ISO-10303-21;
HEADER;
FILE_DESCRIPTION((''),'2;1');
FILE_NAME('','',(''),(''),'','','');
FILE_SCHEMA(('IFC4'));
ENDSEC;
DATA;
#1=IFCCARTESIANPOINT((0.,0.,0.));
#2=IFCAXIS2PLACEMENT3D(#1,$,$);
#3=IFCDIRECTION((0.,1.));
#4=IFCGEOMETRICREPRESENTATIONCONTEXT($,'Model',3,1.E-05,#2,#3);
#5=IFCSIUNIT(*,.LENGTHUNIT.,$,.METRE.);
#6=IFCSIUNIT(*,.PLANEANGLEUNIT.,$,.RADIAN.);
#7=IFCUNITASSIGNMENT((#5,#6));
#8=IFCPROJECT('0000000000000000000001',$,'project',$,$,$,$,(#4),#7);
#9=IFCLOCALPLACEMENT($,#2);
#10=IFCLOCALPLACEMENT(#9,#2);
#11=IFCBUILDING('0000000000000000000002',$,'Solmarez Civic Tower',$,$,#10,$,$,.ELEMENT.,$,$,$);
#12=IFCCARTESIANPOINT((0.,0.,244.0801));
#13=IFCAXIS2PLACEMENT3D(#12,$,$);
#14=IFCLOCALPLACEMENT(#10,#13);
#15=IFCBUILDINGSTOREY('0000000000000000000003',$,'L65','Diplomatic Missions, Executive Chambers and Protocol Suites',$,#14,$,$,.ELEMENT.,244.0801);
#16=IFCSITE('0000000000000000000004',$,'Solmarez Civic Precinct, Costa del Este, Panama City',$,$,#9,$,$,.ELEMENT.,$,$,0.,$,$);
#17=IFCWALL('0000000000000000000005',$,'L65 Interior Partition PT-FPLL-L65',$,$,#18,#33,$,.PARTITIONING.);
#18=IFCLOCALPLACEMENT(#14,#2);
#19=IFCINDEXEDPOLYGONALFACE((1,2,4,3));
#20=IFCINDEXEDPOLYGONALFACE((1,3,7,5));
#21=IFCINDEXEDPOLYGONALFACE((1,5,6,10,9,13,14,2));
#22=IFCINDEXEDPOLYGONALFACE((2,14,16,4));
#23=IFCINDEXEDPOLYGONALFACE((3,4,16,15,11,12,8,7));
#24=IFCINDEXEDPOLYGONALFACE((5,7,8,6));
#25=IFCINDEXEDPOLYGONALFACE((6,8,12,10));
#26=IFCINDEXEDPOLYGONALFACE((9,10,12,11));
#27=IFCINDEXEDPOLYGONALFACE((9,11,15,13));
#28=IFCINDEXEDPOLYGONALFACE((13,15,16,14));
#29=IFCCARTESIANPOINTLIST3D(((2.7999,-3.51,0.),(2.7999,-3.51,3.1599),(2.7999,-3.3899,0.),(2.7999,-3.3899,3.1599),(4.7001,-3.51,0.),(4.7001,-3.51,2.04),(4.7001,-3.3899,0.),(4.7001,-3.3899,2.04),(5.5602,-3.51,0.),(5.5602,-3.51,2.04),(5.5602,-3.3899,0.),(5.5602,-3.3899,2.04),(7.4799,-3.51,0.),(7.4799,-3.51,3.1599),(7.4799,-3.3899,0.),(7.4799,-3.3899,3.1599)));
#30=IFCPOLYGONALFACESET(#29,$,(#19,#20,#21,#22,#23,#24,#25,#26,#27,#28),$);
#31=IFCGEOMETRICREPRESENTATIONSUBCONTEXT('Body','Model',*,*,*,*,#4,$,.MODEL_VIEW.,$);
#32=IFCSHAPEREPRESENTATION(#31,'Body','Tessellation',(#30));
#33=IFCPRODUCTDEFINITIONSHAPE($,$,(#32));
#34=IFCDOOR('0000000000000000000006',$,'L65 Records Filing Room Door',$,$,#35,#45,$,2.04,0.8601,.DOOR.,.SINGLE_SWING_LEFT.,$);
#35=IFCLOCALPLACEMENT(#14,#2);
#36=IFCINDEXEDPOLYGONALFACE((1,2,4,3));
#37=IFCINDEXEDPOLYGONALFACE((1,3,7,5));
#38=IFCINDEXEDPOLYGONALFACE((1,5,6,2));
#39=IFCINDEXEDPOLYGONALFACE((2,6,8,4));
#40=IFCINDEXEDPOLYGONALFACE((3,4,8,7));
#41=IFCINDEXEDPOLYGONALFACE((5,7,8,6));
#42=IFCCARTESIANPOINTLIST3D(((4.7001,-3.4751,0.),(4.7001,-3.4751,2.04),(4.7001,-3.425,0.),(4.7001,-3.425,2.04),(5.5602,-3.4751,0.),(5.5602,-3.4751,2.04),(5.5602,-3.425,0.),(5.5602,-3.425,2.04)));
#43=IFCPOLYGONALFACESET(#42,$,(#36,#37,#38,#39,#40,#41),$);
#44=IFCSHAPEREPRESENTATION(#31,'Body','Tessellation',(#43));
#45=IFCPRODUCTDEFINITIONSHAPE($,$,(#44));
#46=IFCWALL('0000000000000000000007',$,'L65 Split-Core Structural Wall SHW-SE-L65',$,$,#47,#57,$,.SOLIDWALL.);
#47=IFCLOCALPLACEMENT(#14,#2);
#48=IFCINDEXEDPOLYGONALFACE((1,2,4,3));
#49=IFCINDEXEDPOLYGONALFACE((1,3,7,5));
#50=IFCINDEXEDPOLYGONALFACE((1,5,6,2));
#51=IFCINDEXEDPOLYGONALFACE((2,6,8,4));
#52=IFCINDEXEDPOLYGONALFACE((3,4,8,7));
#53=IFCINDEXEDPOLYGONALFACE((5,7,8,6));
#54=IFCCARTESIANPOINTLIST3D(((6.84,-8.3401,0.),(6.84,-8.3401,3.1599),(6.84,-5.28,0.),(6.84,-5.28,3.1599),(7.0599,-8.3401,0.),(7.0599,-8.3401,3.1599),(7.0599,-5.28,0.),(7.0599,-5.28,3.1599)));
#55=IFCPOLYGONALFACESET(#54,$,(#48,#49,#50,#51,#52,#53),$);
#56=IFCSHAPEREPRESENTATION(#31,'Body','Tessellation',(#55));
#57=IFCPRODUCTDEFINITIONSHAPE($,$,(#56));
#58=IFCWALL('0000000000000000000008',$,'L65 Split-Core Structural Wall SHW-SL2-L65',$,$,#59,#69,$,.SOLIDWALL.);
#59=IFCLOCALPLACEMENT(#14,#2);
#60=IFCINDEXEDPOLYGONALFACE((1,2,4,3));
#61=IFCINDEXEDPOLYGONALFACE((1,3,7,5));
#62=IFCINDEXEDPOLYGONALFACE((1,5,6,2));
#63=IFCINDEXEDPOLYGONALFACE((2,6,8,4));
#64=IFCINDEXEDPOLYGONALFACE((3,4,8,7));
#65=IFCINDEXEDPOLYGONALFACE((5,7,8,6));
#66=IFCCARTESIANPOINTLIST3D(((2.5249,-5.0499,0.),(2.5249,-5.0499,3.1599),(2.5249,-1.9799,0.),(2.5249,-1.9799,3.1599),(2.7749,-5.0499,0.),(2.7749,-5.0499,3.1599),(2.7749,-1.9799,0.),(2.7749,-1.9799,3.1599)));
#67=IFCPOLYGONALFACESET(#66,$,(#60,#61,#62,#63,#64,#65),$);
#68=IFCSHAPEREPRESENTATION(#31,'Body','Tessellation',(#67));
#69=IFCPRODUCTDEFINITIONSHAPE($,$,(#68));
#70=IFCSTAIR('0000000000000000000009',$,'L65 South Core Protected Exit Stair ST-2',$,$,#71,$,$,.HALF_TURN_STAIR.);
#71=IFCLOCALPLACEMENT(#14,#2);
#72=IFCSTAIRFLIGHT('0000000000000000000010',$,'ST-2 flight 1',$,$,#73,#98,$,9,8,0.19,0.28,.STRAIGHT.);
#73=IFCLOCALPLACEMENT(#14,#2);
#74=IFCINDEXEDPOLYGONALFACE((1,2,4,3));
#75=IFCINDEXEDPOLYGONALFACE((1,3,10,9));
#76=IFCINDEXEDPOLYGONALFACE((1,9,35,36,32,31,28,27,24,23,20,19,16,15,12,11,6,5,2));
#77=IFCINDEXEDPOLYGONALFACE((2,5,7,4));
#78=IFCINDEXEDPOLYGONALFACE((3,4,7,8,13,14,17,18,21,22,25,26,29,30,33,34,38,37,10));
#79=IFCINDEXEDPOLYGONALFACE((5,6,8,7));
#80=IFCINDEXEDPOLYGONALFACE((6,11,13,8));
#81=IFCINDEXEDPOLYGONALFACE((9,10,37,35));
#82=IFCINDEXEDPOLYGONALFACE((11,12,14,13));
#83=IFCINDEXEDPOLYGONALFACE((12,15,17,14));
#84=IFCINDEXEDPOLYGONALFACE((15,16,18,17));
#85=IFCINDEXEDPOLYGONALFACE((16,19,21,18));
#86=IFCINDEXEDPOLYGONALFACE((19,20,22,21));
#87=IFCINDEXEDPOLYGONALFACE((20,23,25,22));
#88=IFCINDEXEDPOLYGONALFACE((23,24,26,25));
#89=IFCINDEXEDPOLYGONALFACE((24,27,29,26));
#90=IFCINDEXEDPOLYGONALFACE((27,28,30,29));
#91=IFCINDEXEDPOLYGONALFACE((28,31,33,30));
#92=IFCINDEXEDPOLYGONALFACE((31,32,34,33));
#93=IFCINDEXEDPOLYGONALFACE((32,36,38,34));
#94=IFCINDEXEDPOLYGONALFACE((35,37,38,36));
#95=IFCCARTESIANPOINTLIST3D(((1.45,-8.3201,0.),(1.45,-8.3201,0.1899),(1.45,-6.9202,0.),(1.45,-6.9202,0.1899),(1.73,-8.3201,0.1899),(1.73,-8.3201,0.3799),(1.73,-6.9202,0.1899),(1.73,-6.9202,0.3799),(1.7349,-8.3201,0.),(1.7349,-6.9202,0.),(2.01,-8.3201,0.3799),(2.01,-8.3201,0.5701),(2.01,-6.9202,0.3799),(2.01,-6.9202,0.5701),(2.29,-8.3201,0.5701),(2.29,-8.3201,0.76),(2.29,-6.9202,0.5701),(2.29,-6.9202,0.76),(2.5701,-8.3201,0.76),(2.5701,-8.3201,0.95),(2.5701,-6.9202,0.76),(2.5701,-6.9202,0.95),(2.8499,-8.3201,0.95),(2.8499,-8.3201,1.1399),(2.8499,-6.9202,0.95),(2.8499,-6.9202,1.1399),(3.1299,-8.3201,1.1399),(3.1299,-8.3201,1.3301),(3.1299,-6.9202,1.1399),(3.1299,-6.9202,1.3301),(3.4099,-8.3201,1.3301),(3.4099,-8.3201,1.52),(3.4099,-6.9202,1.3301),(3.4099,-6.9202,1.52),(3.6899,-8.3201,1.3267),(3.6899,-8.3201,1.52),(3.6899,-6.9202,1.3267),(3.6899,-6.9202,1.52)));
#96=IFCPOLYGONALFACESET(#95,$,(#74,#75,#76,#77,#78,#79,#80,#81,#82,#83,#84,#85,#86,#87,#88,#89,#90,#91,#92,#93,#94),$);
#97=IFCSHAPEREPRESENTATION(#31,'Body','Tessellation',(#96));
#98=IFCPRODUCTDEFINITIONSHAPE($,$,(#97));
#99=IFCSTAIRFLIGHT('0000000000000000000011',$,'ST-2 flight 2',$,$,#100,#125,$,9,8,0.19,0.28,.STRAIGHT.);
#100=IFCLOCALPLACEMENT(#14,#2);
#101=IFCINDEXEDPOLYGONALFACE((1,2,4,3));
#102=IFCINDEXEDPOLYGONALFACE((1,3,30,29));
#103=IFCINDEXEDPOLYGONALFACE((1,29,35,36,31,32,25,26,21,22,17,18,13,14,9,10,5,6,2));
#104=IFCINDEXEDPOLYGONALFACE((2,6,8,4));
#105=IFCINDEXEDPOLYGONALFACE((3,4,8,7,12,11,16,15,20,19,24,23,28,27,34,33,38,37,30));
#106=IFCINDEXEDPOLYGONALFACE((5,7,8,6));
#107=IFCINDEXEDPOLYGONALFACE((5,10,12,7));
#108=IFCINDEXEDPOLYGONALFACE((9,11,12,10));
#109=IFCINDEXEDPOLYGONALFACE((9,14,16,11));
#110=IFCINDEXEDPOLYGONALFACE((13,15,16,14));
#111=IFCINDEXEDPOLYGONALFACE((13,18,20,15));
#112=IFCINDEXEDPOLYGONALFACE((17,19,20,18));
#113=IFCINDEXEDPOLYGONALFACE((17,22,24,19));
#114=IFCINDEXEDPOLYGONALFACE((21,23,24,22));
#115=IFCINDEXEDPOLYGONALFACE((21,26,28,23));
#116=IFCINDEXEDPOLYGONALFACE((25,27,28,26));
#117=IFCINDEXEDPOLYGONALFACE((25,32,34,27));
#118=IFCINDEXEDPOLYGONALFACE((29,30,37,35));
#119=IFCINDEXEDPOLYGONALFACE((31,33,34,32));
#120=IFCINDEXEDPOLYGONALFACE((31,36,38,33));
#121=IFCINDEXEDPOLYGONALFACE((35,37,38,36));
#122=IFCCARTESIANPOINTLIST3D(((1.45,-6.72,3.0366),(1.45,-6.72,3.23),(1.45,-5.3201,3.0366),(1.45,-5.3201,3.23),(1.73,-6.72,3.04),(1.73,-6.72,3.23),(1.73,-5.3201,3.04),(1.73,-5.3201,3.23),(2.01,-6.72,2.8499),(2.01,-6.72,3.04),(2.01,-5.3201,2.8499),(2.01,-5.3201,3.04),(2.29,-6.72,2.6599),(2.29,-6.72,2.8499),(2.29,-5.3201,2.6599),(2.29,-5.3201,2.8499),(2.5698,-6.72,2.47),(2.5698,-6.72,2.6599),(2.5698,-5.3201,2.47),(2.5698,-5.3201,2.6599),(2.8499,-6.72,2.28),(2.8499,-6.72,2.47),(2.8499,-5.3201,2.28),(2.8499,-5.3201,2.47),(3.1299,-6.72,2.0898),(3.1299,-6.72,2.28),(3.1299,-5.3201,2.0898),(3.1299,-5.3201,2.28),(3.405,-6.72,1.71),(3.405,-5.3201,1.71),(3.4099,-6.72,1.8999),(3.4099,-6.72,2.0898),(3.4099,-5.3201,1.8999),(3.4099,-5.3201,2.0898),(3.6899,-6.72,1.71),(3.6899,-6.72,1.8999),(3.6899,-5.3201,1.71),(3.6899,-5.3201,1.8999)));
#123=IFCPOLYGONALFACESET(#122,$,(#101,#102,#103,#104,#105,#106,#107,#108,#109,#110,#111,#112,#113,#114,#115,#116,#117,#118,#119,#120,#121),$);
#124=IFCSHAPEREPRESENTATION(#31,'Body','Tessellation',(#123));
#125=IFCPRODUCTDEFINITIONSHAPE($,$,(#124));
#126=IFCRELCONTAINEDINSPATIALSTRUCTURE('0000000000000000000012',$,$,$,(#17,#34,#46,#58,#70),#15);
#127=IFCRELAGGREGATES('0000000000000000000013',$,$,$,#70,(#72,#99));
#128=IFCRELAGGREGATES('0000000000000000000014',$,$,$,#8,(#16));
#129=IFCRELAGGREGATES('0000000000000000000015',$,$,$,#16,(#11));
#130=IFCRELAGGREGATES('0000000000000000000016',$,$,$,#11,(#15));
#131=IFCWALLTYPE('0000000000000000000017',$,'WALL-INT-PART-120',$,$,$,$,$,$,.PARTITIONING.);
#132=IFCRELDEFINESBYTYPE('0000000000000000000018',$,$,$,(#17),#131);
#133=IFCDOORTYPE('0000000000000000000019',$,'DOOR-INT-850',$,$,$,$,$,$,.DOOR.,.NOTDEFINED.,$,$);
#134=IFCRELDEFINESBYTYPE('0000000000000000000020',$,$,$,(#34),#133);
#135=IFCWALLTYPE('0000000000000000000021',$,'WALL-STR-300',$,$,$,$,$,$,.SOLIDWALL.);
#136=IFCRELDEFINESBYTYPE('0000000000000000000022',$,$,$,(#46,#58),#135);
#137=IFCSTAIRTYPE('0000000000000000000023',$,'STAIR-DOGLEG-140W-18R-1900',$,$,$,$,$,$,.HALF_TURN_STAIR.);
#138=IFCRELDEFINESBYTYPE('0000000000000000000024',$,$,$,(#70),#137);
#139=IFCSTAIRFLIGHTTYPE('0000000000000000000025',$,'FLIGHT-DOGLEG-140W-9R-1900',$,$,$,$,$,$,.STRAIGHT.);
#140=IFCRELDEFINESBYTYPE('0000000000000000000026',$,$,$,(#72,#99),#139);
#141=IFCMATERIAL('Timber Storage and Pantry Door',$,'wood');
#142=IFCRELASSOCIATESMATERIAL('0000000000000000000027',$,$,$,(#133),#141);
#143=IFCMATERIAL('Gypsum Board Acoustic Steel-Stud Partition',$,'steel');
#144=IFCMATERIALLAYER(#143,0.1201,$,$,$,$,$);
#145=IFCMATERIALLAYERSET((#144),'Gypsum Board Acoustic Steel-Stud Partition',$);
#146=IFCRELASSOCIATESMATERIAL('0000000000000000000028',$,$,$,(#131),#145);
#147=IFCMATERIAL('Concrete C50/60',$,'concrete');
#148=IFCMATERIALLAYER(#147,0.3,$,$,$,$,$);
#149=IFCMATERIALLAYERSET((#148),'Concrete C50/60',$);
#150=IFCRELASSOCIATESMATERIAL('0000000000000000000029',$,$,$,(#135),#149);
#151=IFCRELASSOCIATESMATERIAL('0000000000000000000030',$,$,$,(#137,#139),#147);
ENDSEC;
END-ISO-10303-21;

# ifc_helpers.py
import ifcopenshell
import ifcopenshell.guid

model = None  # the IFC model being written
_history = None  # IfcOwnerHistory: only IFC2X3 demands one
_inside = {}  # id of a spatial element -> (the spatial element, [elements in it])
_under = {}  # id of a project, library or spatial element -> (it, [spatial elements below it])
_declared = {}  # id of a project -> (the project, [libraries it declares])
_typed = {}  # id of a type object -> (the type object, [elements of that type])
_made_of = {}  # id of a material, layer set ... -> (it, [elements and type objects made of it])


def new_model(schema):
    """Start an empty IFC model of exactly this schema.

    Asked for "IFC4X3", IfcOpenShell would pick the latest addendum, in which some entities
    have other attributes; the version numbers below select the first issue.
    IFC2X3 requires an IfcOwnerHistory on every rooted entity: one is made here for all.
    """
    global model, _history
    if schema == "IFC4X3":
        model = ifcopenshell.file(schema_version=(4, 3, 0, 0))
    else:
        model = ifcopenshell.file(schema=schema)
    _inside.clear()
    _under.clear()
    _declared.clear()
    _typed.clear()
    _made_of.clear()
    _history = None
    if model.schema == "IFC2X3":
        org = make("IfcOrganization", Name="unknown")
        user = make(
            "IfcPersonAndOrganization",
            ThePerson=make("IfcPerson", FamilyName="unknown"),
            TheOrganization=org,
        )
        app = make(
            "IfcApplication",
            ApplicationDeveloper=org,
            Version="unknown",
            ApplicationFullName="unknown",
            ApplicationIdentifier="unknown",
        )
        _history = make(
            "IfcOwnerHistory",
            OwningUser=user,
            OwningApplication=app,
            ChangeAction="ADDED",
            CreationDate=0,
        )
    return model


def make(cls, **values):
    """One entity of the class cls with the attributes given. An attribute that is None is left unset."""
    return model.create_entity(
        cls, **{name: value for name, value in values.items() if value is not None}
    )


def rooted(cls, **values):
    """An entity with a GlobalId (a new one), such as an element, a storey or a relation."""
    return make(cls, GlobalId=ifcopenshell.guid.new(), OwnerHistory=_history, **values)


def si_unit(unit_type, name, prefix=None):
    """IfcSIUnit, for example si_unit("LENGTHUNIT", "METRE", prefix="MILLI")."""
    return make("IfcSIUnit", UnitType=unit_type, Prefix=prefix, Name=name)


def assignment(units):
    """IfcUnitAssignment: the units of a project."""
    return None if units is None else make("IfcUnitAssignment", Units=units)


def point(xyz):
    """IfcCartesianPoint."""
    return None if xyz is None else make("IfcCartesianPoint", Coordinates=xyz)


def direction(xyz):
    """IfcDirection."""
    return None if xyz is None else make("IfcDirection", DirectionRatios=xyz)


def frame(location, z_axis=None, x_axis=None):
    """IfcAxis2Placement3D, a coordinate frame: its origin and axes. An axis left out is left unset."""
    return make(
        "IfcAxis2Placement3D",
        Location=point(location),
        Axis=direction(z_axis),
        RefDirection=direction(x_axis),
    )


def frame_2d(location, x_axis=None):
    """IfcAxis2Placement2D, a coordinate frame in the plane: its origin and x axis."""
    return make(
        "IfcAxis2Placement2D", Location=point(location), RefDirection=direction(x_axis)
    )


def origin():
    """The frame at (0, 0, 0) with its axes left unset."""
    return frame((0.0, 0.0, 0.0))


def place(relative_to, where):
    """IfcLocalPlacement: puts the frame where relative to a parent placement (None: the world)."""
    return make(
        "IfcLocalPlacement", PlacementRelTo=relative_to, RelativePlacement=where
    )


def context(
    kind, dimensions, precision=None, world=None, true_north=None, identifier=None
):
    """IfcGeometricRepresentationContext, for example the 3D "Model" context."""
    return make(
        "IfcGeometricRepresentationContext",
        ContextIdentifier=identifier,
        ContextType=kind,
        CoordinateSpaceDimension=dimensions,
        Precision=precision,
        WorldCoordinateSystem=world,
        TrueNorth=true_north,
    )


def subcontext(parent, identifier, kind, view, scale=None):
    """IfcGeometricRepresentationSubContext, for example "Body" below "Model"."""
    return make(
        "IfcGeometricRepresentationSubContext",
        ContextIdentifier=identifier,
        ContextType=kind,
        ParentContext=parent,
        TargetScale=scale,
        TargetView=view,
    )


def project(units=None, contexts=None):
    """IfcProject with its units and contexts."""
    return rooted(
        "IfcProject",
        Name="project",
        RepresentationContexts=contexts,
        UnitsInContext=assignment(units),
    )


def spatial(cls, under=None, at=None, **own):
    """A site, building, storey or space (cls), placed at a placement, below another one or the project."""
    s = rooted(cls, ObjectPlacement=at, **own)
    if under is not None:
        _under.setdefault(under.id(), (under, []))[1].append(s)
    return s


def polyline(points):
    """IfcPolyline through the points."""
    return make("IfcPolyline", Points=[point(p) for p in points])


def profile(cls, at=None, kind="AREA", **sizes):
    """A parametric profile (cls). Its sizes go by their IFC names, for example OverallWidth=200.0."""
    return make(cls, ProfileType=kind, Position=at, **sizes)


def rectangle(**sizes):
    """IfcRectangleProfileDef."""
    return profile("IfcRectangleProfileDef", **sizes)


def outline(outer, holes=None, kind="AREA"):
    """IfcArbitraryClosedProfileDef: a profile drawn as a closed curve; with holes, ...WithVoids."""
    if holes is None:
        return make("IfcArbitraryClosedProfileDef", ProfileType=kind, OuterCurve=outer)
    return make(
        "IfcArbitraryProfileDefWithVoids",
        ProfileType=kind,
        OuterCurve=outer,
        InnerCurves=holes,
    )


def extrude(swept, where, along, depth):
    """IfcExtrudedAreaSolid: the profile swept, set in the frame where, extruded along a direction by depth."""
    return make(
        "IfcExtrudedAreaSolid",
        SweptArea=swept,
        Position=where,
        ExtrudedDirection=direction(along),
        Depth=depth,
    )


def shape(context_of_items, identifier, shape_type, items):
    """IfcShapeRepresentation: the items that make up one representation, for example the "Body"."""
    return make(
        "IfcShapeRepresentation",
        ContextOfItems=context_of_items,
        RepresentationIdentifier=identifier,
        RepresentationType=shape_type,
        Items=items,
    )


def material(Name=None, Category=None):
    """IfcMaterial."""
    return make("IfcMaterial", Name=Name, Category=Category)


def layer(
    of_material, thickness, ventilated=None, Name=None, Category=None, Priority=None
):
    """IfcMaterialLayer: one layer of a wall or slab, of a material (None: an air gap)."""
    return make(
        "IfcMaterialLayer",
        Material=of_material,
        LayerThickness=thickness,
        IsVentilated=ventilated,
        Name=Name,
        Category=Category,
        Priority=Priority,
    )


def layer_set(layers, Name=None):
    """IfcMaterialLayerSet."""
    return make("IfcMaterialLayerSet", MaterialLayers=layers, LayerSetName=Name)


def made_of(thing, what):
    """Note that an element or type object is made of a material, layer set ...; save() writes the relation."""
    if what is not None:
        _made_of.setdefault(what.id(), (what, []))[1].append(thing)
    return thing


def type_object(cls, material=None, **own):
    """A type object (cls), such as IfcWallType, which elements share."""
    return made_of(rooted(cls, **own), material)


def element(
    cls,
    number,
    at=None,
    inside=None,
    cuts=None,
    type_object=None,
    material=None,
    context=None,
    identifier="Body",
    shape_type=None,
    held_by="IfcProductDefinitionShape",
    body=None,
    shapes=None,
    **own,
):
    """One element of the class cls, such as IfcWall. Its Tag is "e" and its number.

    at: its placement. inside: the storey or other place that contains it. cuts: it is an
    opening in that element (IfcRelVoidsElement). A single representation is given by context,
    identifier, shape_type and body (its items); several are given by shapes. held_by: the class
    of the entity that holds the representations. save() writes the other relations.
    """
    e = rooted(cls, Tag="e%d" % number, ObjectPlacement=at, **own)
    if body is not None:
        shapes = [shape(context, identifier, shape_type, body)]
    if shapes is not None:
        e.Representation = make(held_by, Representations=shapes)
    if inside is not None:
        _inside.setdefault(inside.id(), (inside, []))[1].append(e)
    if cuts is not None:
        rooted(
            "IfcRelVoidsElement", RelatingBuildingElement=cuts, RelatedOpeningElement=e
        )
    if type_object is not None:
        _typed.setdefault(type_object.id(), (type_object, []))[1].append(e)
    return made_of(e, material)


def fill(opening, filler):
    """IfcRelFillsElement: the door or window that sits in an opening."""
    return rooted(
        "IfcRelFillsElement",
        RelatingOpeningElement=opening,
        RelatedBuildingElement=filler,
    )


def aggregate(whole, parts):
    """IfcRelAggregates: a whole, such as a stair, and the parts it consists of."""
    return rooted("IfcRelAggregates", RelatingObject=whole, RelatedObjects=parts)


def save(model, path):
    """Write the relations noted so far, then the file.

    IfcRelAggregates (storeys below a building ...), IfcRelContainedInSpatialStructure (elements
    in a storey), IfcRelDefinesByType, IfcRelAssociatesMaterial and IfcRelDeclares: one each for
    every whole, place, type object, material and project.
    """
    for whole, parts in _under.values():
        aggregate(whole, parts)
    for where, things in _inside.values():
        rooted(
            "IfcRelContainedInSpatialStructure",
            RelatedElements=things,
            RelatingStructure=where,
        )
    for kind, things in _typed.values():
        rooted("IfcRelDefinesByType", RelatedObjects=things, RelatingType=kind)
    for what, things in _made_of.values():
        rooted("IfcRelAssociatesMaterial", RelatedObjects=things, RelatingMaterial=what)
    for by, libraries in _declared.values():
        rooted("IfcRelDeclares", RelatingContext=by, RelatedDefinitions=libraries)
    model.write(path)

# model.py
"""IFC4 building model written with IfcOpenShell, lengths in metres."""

from ifc_helpers import new_model, si_unit, direction, frame, frame_2d, origin, place, context, subcontext, project, spatial, polyline, rectangle, outline, extrude, material, layer, layer_set, type_object, element, fill, aggregate, save


model = new_model("IFC4")

# Units and contexts
model_context = context("Model", 3, precision=1e-05, world=origin(), true_north=direction((0.0, 1.0)))
body_context = subcontext(model_context, "Body", "Model", "MODEL_VIEW")
ifc_project = project(units=[si_unit("LENGTHUNIT", "METRE"), si_unit("PLANEANGLEUNIT", "RADIAN")], contexts=[model_context])

# Site, building, storey
site_placement = place(None, origin())
site = spatial("IfcSite", under=ifc_project, at=site_placement, Name="Solmarez Civic Precinct, Costa del Este, Panama City", CompositionType="ELEMENT", RefElevation=0.0)
building_placement = place(site_placement, origin())
building = spatial("IfcBuilding", under=site, at=building_placement, Name="Solmarez Civic Tower", CompositionType="ELEMENT")
storey_placement = place(building_placement, frame((0.0, 0.0, 244.0801)))
storey = spatial("IfcBuildingStorey", under=building, at=storey_placement, Name="L65", Description="Diplomatic Missions, Executive Chambers and Protocol Suites", CompositionType="ELEMENT", Elevation=244.0801)

# Shared definitions
ifc_material_1 = material(Name="Concrete C50/60", Category="concrete")

# Shared definitions
ifc_material_2 = material(Name="Gypsum Board Acoustic Steel-Stud Partition", Category="steel")

# Shared definitions
ifc_material_3 = material(Name="Timber Storage and Pantry Door", Category="wood")
door_type = type_object("IfcDoorType", Name="DOOR-INT-850", OperationType="NOTDEFINED", PredefinedType="DOOR", material=ifc_material_3)

# Wall, opening, door
ifc_layer_1 = layer(ifc_material_2, 0.1201)
ifc_layer_set_1 = layer_set([ifc_layer_1], Name="Gypsum Board Acoustic Steel-Stud Partition")
wall_type_1 = type_object("IfcWallType", Name="WALL-INT-PART-120", PredefinedType="PARTITIONING", material=ifc_layer_set_1)
wall_1_placement = place(storey_placement, frame((2.8, -3.45, 0.0), z_axis=(0.0, 0.0, 1.0), x_axis=(1.0, 0.0, 0.0)))
wall_1 = element("IfcWall", 1, at=wall_1_placement, inside=storey, type_object=wall_type_1, Name="L65 Interior Partition PT-FPLL-L65", PredefinedType="PARTITIONING", context=body_context, shape_type="SweptSolid", body=[
    extrude(rectangle(XDim=4.6799, YDim=0.1201, at=frame_2d((2.3398, 0.0))), origin(), (0.0, 0.0, 1.0), 3.1599),
])
opening_1_placement = place(wall_1_placement, frame((1.8999, 0.0, 0.0)))
opening_1 = element("IfcOpeningElement", 2, at=opening_1_placement, cuts=wall_1, PredefinedType="OPENING", context=body_context, shape_type="SweptSolid", body=[
    extrude(rectangle(XDim=0.8601, YDim=2.04, at=frame_2d((0.4302, 1.02))), frame((0.0, 0.0701, 0.0), z_axis=(0.0, -1.0, 0.0), x_axis=(1.0, 0.0, 0.0)), (0.0, 0.0, 1.0), 0.1401),
])
door_1_placement = place(opening_1_placement, origin())
door_1 = element("IfcDoor", 3, at=door_1_placement, inside=storey, type_object=door_type, Name="L65 Records Filing Room Door", OperationType="SINGLE_SWING_LEFT", OverallHeight=2.04, OverallWidth=0.8601, PredefinedType="DOOR", context=body_context, shape_type="SweptSolid", body=[
    extrude(rectangle(XDim=0.8601, YDim=2.04, at=frame_2d((0.4302, 1.02))), frame((0.0, 0.0249, 0.0), z_axis=(0.0, -1.0, 0.0), x_axis=(1.0, 0.0, 0.0)), (0.0, 0.0, 1.0), 0.05),
])
fill(opening_1, door_1)

# Walls
ifc_layer_2 = layer(ifc_material_1, 0.3)
ifc_layer_set_2 = layer_set([ifc_layer_2], Name="Concrete C50/60")
wall_type_2 = type_object("IfcWallType", Name="WALL-STR-300", PredefinedType="SOLIDWALL", material=ifc_layer_set_2)
wall_2_placement = place(storey_placement, frame((6.95, -8.3401, 0.0), z_axis=(0.0, 0.0, 1.0), x_axis=(0.0, 1.0, 0.0)))
element("IfcWall", 4, at=wall_2_placement, inside=storey, type_object=wall_type_2, Name="L65 Split-Core Structural Wall SHW-SE-L65", PredefinedType="SOLIDWALL", context=body_context, shape_type="SweptSolid", body=[
    extrude(rectangle(XDim=3.0601, YDim=0.22, at=frame_2d((1.53, 0.0))), origin(), (0.0, 0.0, 1.0), 3.1599),
])
wall_3_placement = place(storey_placement, frame((2.6499, -5.05, 0.0), z_axis=(0.0, 0.0, 1.0), x_axis=(0.0, 1.0, 0.0)))
element("IfcWall", 5, at=wall_3_placement, inside=storey, type_object=wall_type_2, Name="L65 Split-Core Structural Wall SHW-SL2-L65", PredefinedType="SOLIDWALL", context=body_context, shape_type="SweptSolid", body=[
    extrude(rectangle(XDim=3.0701, YDim=0.25, at=frame_2d((1.5352, 0.0))), origin(), (0.0, 0.0, 1.0), 3.1599),
])

# Stair, stair flights
stair_type = type_object("IfcStairType", Name="STAIR-DOGLEG-140W-18R-1900", PredefinedType="HALF_TURN_STAIR", material=ifc_material_1)
stair_placement = place(storey_placement, origin())
stair = element("IfcStair", 6, at=stair_placement, inside=storey, type_object=stair_type, Name="L65 South Core Protected Exit Stair ST-2", PredefinedType="HALF_TURN_STAIR")
stair_flight_type = type_object("IfcStairFlightType", Name="FLIGHT-DOGLEG-140W-9R-1900", PredefinedType="STRAIGHT", material=ifc_material_1)
stair_flight_1_placement = place(storey_placement, frame((1.45, -7.6201, 0.0), z_axis=(0.0, 0.0, 1.0), x_axis=(1.0, 0.0, 0.0)))
stair_flight_1 = element("IfcStairFlight", 7, at=stair_flight_1_placement, type_object=stair_flight_type, Name="ST-2 flight 1", NumberOfRisers=9, NumberOfTreads=8, PredefinedType="STRAIGHT", RiserHeight=0.19, TreadLength=0.28, context=body_context, shape_type="SweptSolid", body=[
    extrude(outline(polyline([(0.0, 0.0), (0.0, 0.1899), (0.28, 0.1899), (0.28, 0.3799), (0.5601, 0.3799), (0.5601, 0.5701), (0.8401, 0.5701), (0.8401, 0.76), (1.1201, 0.76), (1.1201, 0.95), (1.3999, 0.95), (1.3999, 1.1399), (1.6799, 1.1399), (1.6799, 1.3301), (1.96, 1.3301), (1.96, 1.52), (2.24, 1.52), (2.24, 1.71), (2.24, 1.3267), (0.2849, 0.0), (0.0, 0.0)])), frame((0.0, 0.7, 0.0), z_axis=(0.0, -1.0, 0.0), x_axis=(1.0, 0.0, 0.0)), (0.0, 0.0, 1.0), 1.3999),
])
stair_flight_2_placement = place(storey_placement, frame((3.6899, -6.02, 1.71), z_axis=(0.0, 0.0, 1.0), x_axis=(-1.0, 0.0, 0.0)))
stair_flight_2 = element("IfcStairFlight", 8, at=stair_flight_2_placement, type_object=stair_flight_type, Name="ST-2 flight 2", NumberOfRisers=9, NumberOfTreads=8, PredefinedType="STRAIGHT", RiserHeight=0.19, TreadLength=0.28, context=body_context, shape_type="SweptSolid", body=[
    extrude(outline(polyline([(0.0, 0.0), (0.0, 0.1899), (0.28, 0.1899), (0.28, 0.3799), (0.5601, 0.3799), (0.5601, 0.5701), (0.8401, 0.5701), (0.8401, 0.76), (1.1201, 0.76), (1.1201, 0.95), (1.3999, 0.95), (1.3999, 1.1399), (1.6799, 1.1399), (1.6799, 1.3301), (1.96, 1.3301), (1.96, 1.52), (2.24, 1.52), (2.24, 1.71), (2.24, 1.3267), (0.2849, 0.0), (0.0, 0.0)])), frame((0.0, 0.7, 0.0), z_axis=(0.0, -1.0, 0.0), x_axis=(1.0, 0.0, 0.0)), (0.0, 0.0, 1.0), 1.3999),
])
aggregate(stair, [stair_flight_1, stair_flight_2])

save(model, "model.ifc")
